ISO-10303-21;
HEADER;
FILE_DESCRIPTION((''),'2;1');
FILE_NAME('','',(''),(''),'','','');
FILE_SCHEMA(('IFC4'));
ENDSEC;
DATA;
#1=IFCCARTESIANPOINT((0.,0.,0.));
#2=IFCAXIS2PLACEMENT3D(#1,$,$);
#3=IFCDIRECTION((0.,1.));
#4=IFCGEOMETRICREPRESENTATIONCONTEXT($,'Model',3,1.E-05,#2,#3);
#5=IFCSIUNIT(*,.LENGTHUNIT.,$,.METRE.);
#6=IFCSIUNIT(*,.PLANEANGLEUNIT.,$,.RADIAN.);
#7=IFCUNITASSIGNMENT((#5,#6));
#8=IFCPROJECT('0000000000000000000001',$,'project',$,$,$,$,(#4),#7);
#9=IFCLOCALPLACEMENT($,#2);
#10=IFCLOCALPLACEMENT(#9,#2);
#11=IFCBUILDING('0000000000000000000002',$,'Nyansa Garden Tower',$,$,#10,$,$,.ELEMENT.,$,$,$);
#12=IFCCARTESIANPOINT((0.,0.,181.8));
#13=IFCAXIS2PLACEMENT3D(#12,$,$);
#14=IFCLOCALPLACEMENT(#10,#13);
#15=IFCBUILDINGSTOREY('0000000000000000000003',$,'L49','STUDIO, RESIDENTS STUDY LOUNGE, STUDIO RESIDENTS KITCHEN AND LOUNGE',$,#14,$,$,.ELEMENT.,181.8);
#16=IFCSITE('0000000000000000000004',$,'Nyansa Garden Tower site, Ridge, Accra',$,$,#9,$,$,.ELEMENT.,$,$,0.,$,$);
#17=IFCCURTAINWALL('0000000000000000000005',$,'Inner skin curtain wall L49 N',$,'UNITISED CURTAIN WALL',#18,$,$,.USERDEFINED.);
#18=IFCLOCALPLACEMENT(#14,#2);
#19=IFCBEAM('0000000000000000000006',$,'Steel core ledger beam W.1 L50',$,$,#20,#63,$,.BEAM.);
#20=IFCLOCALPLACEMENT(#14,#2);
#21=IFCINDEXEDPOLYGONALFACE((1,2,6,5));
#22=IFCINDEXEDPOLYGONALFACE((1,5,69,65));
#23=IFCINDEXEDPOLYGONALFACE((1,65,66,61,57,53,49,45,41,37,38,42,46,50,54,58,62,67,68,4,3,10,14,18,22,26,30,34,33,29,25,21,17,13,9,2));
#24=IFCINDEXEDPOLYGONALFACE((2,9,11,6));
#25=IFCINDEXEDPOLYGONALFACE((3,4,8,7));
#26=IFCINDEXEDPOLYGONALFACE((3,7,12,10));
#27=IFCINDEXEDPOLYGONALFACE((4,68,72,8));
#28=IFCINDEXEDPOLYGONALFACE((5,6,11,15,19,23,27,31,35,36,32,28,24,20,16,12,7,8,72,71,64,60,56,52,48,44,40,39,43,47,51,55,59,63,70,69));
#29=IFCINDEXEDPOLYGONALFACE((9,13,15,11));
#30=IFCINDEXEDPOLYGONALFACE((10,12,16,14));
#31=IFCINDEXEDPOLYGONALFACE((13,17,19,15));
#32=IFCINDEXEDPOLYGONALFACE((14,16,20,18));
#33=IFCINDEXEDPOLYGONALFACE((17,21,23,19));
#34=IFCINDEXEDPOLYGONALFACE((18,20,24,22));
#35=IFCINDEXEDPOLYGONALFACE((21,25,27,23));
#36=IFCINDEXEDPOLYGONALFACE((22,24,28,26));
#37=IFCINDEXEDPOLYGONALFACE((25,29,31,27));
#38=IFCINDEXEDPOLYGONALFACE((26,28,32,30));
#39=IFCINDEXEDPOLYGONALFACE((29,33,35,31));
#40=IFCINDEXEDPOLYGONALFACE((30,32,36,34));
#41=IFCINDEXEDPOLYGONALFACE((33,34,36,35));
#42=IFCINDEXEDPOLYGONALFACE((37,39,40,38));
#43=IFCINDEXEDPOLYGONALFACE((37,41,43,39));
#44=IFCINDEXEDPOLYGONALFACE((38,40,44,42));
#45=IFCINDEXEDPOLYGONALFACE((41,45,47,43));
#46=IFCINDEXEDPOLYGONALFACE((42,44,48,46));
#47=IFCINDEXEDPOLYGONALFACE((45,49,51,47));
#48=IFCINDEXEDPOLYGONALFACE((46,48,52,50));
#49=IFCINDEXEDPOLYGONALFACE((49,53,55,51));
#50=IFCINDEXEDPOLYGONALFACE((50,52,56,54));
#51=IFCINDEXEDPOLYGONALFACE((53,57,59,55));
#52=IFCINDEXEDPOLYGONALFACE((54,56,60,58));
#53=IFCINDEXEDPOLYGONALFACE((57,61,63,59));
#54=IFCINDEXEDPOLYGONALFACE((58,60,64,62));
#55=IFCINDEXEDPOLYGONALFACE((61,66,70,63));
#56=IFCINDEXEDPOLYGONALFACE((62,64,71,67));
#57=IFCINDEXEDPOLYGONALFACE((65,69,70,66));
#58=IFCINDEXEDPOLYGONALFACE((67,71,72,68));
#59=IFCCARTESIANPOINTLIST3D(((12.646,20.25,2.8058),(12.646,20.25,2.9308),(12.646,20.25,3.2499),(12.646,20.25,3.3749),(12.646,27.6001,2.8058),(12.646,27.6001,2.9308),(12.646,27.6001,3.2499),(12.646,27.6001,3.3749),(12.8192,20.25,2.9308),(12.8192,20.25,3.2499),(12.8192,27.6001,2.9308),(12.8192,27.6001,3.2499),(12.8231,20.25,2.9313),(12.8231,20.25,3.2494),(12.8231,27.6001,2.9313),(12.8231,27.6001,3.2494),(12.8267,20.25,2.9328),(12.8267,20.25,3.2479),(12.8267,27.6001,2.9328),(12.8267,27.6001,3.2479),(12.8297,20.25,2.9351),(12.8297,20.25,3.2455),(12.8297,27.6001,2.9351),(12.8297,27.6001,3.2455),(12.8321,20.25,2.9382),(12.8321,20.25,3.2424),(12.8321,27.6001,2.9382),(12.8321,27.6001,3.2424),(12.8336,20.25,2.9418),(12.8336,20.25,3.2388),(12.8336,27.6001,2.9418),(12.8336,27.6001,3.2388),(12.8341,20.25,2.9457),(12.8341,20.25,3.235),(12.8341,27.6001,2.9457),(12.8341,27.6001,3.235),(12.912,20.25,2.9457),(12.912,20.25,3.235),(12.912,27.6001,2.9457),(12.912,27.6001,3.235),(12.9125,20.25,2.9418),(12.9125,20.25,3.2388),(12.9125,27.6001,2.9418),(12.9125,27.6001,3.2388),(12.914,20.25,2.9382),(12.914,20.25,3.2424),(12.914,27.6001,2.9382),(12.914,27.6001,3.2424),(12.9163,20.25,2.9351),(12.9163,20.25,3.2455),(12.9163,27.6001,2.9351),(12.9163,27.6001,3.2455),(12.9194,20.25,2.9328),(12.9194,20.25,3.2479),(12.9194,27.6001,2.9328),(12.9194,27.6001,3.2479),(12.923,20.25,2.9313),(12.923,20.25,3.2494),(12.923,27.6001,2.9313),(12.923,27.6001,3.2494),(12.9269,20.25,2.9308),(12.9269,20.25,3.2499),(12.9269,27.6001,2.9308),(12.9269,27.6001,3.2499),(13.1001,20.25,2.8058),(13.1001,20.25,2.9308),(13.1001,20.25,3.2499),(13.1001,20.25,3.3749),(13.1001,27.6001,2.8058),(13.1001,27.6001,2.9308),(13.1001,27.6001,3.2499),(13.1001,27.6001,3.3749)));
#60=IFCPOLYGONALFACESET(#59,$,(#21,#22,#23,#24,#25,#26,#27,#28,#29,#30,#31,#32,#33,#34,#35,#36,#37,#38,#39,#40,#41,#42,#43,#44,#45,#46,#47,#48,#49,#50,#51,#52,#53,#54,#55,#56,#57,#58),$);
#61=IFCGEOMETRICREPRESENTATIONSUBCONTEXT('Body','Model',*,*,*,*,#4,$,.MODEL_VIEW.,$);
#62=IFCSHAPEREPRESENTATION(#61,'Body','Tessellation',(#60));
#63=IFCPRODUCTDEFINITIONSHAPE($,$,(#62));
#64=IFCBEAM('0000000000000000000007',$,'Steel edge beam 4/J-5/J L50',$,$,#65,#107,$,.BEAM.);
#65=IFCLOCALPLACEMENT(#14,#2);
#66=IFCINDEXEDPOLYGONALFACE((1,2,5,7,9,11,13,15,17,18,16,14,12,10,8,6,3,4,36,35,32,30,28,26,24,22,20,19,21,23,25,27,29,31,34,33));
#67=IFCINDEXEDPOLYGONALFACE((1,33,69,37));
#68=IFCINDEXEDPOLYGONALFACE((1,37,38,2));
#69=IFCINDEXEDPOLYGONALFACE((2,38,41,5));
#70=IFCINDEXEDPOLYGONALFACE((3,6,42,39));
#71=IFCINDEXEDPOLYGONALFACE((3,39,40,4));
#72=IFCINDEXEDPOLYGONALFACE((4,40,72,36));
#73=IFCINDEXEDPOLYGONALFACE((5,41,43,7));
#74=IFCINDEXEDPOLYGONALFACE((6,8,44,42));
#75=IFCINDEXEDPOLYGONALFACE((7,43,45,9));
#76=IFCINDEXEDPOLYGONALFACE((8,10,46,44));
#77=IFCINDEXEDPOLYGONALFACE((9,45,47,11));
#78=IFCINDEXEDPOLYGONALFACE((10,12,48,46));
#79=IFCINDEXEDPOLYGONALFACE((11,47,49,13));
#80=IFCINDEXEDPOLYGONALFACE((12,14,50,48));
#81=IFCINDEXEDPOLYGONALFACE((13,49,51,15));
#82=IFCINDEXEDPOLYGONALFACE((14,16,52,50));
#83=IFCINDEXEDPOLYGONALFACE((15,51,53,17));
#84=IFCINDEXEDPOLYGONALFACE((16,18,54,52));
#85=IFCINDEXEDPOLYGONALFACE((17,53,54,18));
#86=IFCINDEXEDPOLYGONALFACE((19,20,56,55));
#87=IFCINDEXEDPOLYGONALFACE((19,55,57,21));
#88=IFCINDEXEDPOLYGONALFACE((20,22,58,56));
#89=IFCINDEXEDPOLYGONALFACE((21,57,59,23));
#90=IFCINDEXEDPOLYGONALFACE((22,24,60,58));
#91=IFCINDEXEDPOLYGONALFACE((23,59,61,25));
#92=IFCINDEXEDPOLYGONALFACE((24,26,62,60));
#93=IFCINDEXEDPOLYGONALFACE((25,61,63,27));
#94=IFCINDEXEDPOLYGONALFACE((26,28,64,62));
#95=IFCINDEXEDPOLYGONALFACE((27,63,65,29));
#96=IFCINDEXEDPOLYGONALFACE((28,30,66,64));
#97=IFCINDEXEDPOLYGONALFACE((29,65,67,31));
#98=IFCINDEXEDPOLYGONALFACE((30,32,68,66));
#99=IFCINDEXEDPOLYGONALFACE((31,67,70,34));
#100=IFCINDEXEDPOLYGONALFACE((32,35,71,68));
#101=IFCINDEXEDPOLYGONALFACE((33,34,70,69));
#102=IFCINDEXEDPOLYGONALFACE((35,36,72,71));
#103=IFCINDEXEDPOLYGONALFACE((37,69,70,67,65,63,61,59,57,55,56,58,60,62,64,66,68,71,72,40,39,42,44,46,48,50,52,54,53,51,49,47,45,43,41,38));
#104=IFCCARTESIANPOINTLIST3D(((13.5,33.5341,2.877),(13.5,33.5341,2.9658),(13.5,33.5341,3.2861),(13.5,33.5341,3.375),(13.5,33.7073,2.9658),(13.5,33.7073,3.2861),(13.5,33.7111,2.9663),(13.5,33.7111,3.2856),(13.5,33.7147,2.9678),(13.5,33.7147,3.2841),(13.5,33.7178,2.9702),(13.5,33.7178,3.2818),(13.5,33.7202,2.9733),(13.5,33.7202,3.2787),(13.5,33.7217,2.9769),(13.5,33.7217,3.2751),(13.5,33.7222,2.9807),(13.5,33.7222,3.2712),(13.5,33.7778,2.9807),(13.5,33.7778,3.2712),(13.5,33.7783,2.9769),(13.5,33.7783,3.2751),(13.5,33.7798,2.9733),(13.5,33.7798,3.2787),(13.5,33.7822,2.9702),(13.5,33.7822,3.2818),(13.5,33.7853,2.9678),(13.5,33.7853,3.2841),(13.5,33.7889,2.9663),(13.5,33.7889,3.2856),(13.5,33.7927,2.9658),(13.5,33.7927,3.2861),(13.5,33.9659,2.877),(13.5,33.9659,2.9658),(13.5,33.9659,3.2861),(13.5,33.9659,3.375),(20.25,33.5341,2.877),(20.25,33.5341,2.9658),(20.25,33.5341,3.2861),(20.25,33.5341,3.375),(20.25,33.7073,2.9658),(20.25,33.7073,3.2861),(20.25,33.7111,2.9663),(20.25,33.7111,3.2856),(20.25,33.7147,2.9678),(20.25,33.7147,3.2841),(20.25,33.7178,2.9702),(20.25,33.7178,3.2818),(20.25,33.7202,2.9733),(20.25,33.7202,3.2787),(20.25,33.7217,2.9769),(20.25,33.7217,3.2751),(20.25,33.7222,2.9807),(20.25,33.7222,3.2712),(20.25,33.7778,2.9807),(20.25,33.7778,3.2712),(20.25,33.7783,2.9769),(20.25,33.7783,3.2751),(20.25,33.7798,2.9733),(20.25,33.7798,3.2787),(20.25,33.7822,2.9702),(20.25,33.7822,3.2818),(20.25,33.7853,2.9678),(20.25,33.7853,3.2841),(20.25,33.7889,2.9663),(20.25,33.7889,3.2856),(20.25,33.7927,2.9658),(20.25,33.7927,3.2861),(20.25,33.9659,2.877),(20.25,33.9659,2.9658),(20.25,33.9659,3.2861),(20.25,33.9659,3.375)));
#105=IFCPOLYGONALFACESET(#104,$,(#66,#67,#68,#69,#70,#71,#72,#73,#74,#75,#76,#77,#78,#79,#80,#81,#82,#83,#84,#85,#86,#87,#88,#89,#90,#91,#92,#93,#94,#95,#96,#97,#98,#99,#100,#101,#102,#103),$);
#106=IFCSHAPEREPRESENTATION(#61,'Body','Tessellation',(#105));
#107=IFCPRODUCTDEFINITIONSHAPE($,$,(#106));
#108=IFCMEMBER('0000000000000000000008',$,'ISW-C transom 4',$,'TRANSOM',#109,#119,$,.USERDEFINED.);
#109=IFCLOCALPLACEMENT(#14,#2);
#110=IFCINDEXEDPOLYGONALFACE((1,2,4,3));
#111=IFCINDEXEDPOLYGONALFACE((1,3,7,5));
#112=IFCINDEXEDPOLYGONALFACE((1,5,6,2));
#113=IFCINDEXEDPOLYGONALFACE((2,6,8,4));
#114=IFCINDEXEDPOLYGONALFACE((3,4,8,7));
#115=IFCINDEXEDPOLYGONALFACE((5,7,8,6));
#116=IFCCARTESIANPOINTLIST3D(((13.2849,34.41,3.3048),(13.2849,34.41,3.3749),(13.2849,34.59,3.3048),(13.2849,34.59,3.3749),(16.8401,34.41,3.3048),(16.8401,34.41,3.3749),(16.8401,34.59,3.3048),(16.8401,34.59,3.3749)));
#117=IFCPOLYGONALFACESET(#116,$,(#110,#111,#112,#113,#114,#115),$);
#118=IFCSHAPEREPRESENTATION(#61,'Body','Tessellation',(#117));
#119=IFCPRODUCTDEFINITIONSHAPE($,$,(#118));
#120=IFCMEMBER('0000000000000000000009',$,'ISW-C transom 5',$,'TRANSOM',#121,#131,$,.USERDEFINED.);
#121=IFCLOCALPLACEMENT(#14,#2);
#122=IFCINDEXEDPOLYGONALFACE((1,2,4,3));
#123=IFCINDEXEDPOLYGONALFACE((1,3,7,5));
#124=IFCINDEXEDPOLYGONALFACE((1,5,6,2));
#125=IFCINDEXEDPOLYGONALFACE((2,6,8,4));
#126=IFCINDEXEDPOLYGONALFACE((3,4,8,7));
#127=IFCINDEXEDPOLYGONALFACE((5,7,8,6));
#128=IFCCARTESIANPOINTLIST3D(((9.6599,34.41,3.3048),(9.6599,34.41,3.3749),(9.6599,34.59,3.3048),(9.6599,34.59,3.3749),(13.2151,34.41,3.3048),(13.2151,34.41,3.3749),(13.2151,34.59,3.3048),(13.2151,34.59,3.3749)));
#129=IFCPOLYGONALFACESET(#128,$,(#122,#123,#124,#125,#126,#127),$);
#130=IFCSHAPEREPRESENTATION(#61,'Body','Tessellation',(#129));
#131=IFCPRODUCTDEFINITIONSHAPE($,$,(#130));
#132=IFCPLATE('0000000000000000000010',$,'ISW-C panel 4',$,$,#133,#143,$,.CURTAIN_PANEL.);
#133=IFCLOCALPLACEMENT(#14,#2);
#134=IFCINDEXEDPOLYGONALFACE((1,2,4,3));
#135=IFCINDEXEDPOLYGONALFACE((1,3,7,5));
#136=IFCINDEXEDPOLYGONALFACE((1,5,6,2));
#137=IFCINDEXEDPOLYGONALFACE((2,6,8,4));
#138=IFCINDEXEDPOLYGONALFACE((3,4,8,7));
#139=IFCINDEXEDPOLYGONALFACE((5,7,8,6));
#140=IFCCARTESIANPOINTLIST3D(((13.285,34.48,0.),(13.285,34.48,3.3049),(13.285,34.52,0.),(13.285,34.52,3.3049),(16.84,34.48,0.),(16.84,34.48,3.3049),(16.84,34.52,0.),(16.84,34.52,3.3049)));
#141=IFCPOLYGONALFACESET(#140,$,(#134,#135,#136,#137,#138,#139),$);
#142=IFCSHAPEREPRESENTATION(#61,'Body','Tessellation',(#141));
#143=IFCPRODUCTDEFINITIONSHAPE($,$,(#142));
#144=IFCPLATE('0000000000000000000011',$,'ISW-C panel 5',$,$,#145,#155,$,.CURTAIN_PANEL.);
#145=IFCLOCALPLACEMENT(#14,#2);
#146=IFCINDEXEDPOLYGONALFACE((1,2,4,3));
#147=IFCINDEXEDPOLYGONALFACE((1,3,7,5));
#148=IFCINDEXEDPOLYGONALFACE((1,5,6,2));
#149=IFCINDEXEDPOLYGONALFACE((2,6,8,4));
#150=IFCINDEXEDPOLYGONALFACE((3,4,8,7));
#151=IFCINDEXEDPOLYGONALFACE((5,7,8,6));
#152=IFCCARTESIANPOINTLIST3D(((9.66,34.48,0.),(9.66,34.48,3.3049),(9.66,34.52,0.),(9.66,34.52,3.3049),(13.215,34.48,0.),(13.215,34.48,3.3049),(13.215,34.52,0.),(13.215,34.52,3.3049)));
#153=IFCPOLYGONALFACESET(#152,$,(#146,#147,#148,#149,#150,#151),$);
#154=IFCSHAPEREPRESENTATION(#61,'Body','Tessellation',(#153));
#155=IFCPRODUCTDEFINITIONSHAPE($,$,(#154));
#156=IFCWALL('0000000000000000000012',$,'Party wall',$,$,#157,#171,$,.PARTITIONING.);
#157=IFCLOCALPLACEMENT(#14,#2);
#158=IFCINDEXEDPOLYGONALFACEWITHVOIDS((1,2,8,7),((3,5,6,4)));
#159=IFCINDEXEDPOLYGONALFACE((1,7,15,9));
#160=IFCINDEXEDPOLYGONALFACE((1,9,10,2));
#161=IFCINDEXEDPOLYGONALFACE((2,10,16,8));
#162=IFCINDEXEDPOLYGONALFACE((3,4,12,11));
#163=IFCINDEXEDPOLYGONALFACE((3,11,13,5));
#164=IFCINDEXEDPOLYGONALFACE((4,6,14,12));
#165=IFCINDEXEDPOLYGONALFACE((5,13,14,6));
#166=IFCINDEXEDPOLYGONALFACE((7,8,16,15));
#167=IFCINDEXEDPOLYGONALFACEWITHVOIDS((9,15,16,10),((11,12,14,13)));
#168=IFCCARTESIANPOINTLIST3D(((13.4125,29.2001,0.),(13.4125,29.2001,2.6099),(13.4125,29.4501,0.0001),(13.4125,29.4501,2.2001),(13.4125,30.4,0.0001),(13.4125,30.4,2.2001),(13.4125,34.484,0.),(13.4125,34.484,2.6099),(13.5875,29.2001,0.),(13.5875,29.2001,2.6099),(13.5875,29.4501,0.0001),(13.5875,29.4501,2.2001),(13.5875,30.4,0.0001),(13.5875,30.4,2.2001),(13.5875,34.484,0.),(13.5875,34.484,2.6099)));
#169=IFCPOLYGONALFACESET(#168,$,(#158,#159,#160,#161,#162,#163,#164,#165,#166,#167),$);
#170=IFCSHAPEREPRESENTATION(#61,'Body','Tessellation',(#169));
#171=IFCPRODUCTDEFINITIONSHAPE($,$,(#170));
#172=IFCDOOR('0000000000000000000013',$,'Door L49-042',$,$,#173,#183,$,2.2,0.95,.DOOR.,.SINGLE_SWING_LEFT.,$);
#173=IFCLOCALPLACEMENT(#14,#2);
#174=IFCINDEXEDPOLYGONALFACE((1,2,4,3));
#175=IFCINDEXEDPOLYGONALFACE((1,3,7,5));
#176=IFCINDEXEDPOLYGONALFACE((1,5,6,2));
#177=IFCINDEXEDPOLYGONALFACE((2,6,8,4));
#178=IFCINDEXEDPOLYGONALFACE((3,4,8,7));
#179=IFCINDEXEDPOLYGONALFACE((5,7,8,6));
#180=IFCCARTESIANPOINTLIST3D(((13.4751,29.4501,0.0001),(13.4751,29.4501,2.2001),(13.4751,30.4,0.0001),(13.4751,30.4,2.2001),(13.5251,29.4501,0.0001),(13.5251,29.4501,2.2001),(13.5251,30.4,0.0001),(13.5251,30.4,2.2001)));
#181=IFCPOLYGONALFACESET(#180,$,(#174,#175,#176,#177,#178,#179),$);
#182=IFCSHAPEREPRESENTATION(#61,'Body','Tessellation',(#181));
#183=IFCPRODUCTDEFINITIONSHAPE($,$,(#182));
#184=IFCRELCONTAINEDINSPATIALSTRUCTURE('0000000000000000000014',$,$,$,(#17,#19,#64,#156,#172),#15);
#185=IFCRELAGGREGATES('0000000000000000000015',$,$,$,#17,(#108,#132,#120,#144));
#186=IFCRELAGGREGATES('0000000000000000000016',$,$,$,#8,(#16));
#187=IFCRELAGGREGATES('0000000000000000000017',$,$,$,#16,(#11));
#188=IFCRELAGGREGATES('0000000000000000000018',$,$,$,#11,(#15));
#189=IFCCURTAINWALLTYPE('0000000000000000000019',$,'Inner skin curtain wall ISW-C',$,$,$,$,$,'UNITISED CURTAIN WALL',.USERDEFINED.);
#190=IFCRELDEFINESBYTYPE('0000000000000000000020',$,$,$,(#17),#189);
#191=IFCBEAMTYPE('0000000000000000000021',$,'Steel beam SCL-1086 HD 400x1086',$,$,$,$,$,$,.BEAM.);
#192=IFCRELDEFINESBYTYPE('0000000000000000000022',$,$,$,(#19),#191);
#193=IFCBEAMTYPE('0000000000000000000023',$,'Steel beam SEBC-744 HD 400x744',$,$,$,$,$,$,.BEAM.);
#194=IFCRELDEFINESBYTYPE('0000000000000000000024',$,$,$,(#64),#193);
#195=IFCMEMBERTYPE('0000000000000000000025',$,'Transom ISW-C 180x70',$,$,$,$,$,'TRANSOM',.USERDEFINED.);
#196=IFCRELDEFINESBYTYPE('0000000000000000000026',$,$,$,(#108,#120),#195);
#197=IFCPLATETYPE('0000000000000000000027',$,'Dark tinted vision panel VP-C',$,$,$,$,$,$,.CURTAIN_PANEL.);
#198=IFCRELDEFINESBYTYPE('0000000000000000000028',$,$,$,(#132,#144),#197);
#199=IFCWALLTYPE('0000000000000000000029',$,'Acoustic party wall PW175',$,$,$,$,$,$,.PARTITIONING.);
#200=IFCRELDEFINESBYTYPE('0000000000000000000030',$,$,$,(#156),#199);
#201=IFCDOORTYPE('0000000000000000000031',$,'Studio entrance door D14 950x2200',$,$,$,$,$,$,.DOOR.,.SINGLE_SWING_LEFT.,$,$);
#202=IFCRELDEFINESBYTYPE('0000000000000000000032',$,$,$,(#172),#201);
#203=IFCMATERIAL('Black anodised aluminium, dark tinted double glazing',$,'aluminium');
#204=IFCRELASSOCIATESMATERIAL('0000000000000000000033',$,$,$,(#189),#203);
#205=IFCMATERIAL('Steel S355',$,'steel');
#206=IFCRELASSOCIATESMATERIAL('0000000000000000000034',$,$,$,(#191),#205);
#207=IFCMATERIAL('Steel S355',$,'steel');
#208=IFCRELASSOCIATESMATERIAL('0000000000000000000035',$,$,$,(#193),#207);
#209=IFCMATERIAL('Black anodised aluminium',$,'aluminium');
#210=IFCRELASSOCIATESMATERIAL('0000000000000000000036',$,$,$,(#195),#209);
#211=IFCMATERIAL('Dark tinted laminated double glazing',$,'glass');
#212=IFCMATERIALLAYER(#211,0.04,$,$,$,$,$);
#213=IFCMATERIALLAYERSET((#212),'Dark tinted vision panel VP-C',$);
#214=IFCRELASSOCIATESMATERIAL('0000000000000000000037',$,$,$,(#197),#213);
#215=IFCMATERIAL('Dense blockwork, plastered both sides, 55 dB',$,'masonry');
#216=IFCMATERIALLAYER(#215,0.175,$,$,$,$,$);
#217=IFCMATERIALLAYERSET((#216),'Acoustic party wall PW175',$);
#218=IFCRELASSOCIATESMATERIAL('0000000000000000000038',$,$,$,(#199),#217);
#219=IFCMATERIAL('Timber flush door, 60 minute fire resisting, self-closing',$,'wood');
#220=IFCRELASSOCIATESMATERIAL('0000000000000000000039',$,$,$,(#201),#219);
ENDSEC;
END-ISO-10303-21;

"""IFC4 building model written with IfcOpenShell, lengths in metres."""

from ifc_helpers import new_model, si_unit, direction, frame, frame_2d, origin, origin_2d, place, context, subcontext, project, spatial, rectangle, i_section, extrude, material, layer, layer_set, material_profile, profile_set, type_object, element, fill, aggregate, save


model = new_model("IFC4")

# Units and contexts
model_context = context("Model", 3, precision=1e-05, world=origin(), true_north=direction((0.0, 1.0)))
body_context = subcontext(model_context, "Body", "Model", "MODEL_VIEW")
ifc_project = project(units=[si_unit("LENGTHUNIT", "METRE"), si_unit("PLANEANGLEUNIT", "RADIAN")], contexts=[model_context])

# Site, building, storey
site_placement = place(None, origin())
site = spatial("IfcSite", under=ifc_project, at=site_placement, Name="Nyansa Garden Tower site, Ridge, Accra", CompositionType="ELEMENT", RefElevation=0.0)
building_placement = place(site_placement, origin())
building = spatial("IfcBuilding", under=site, at=building_placement, Name="Nyansa Garden Tower", CompositionType="ELEMENT")
storey_placement = place(building_placement, frame((0.0, 0.0, 181.8)))
storey = spatial("IfcBuildingStorey", under=building, at=storey_placement, Name="L49", Description="STUDIO, RESIDENTS STUDY LOUNGE, STUDIO RESIDENTS KITCHEN AND LOUNGE", CompositionType="ELEMENT", Elevation=181.8)

# Curtain wall
ifc_material_1 = material(Name="Black anodised aluminium, dark tinted double glazing", Category="aluminium")
curtain_wall_type = type_object("IfcCurtainWallType", Name="Inner skin curtain wall ISW-C", ElementType="UNITISED CURTAIN WALL", PredefinedType="USERDEFINED", material=ifc_material_1)
curtain_wall_placement = place(storey_placement, origin())
curtain_wall = element("IfcCurtainWall", 1, at=curtain_wall_placement, inside=storey, type_object=curtain_wall_type, Name="Inner skin curtain wall L49 N", ObjectType="UNITISED CURTAIN WALL", PredefinedType="USERDEFINED")

# Beams
ifc_material_2 = material(Name="Steel S355", Category="steel")
ifc_material_profile_1 = material_profile(ifc_material_2, i_section(OverallWidth=0.4541, OverallDepth=0.5691, WebThickness=0.0779, FlangeThickness=0.125, FilletRadius=0.0149, at=origin_2d()), Name="HD 400x1086")
ifc_profile_set_1 = profile_set([ifc_material_profile_1], Name="Steel S355")
beam_type_1 = type_object("IfcBeamType", Name="Steel beam SCL-1086 HD 400x1086", PredefinedType="BEAM", material=ifc_profile_set_1)
beam_1_placement = place(storey_placement, frame((12.873, 27.6001, 3.0903), z_axis=(0.0, -1.0, 0.0), x_axis=(1.0, 0.0, 0.0)))
element("IfcBeam", 2, at=beam_1_placement, inside=storey, type_object=beam_type_1, Name="Steel core ledger beam W.1 L50", PredefinedType="BEAM", context=body_context, shape_type="SweptSolid", body=[
    extrude(i_section(OverallWidth=0.4541, OverallDepth=0.5691, WebThickness=0.0779, FlangeThickness=0.125, FilletRadius=0.0149, at=origin_2d()), origin(), (0.0, 0.0, 1.0), 7.3501),
])
ifc_material_3 = material(Name="Steel S355", Category="steel")
ifc_material_profile_2 = material_profile(ifc_material_3, i_section(OverallWidth=0.4319, OverallDepth=0.498, WebThickness=0.0557, FlangeThickness=0.0889, FilletRadius=0.0149, at=origin_2d()), Name="HD 400x744")
ifc_profile_set_2 = profile_set([ifc_material_profile_2], Name="Steel S355")
beam_type_2 = type_object("IfcBeamType", Name="Steel beam SEBC-744 HD 400x744", PredefinedType="BEAM", material=ifc_profile_set_2)
beam_2_placement = place(storey_placement, frame((13.5, 33.75, 3.126), z_axis=(1.0, 0.0, 0.0), x_axis=(0.0, 1.0, 0.0)))
element("IfcBeam", 3, at=beam_2_placement, inside=storey, type_object=beam_type_2, Name="Steel edge beam 4/J-5/J L50", PredefinedType="BEAM", context=body_context, shape_type="SweptSolid", body=[
    extrude(i_section(OverallWidth=0.4319, OverallDepth=0.498, WebThickness=0.0557, FlangeThickness=0.0889, FilletRadius=0.0149, at=origin_2d()), origin(), (0.0, 0.0, 1.0), 6.75),
])

# Members
ifc_material_4 = material(Name="Black anodised aluminium", Category="aluminium")
ifc_material_profile_3 = material_profile(ifc_material_4, rectangle(XDim=0.1799, YDim=0.0701, at=origin_2d()), Name="Transom 180x70")
ifc_profile_set_3 = profile_set([ifc_material_profile_3], Name="Black anodised aluminium")
member_type_1 = type_object("IfcMemberType", Name="Transom ISW-C 180x70", ElementType="TRANSOM", PredefinedType="USERDEFINED", material=ifc_profile_set_3)
member_1_placement = place(storey_placement, frame((16.8401, 34.5, 3.3398), z_axis=(-1.0, 0.0, 0.0), x_axis=(0.0, -1.0, 0.0)))
member_1 = element("IfcMember", 4, at=member_1_placement, type_object=member_type_1, Name="ISW-C transom 4", ObjectType="TRANSOM", PredefinedType="USERDEFINED", context=body_context, shape_type="SweptSolid", body=[
    extrude(rectangle(XDim=0.1799, YDim=0.0701, at=origin_2d()), origin(), (0.0, 0.0, 1.0), 3.5552),
])
member_2_placement = place(storey_placement, frame((13.2151, 34.5, 3.3398), z_axis=(-1.0, 0.0, 0.0), x_axis=(0.0, -1.0, 0.0)))
member_2 = element("IfcMember", 5, at=member_2_placement, type_object=member_type_1, Name="ISW-C transom 5", ObjectType="TRANSOM", PredefinedType="USERDEFINED", context=body_context, shape_type="SweptSolid", body=[
    extrude(rectangle(XDim=0.1799, YDim=0.0701, at=origin_2d()), origin(), (0.0, 0.0, 1.0), 3.5552),
])

# Plates
ifc_material_5 = material(Name="Dark tinted laminated double glazing", Category="glass")
ifc_layer_1 = layer(ifc_material_5, 0.04)
ifc_layer_set_1 = layer_set([ifc_layer_1], Name="Dark tinted vision panel VP-C")
plate_type = type_object("IfcPlateType", Name="Dark tinted vision panel VP-C", PredefinedType="CURTAIN_PANEL", material=ifc_layer_set_1)
plate_1_placement = place(storey_placement, frame((15.0625, 34.5, 0.0), z_axis=(0.0, 0.0, 1.0), x_axis=(-1.0, 0.0, 0.0)))
plate_1 = element("IfcPlate", 6, at=plate_1_placement, type_object=plate_type, Name="ISW-C panel 4", PredefinedType="CURTAIN_PANEL", context=body_context, shape_type="SweptSolid", body=[
    extrude(rectangle(XDim=3.5549, YDim=0.04, at=origin_2d()), origin(), (0.0, 0.0, 1.0), 3.3049),
])
plate_2_placement = place(storey_placement, frame((11.4375, 34.5, 0.0), z_axis=(0.0, 0.0, 1.0), x_axis=(-1.0, 0.0, 0.0)))
plate_2 = element("IfcPlate", 7, at=plate_2_placement, type_object=plate_type, Name="ISW-C panel 5", PredefinedType="CURTAIN_PANEL", context=body_context, shape_type="SweptSolid", body=[
    extrude(rectangle(XDim=3.5549, YDim=0.04, at=origin_2d()), origin(), (0.0, 0.0, 1.0), 3.3049),
])
aggregate(curtain_wall, [member_1, plate_1, member_2, plate_2])

# Wall, opening, door
ifc_material_6 = material(Name="Dense blockwork, plastered both sides, 55 dB", Category="masonry")
ifc_layer_2 = layer(ifc_material_6, 0.175)
ifc_layer_set_2 = layer_set([ifc_layer_2], Name="Acoustic party wall PW175")
wall_type_1 = type_object("IfcWallType", Name="Acoustic party wall PW175", PredefinedType="PARTITIONING", material=ifc_layer_set_2)
wall_1_placement = place(storey_placement, frame((13.5, 29.2, 0.0), z_axis=(0.0, 0.0, 1.0), x_axis=(0.0, 1.0, 0.0)))
wall_1 = element("IfcWall", 8, at=wall_1_placement, inside=storey, type_object=wall_type_1, Name="Party wall", PredefinedType="PARTITIONING", context=body_context, shape_type="SweptSolid", body=[
    extrude(rectangle(XDim=5.2839, YDim=0.175, at=frame_2d((2.6421, 0.0))), origin(), (0.0, 0.0, 1.0), 2.6099),
])
opening_1_placement = place(wall_1_placement, frame((0.25, 0.0, 0.0)))
opening_1 = element("IfcOpeningElement", 9, at=opening_1_placement, cuts=wall_1, PredefinedType="OPENING", context=body_context, shape_type="SweptSolid", body=[
    extrude(rectangle(XDim=0.95, YDim=2.2, at=frame_2d((0.4751, 1.1001))), frame((0.0, 0.0974, 0.0), z_axis=(0.0, -1.0, 0.0), x_axis=(1.0, 0.0, 0.0)), (0.0, 0.0, 1.0), 0.1951),
])
ifc_material_7 = material(Name="Timber flush door, 60 minute fire resisting, self-closing", Category="wood")
door_type_1 = type_object("IfcDoorType", Name="Studio entrance door D14 950x2200", OperationType="SINGLE_SWING_LEFT", PredefinedType="DOOR", material=ifc_material_7)
door_1_placement = place(opening_1_placement, origin())
door_1 = element("IfcDoor", 10, at=door_1_placement, inside=storey, type_object=door_type_1, Name="Door L49-042", OperationType="SINGLE_SWING_LEFT", OverallHeight=2.2, OverallWidth=0.95, PredefinedType="DOOR", context=body_context, shape_type="SweptSolid", body=[
    extrude(rectangle(XDim=0.95, YDim=2.2, at=frame_2d((0.4751, 1.1001))), frame((0.0, 0.0249, 0.0), z_axis=(0.0, -1.0, 0.0), x_axis=(1.0, 0.0, 0.0)), (0.0, 0.0, 1.0), 0.05),
])
fill(opening_1, door_1)

save(model, "model.ifc")
